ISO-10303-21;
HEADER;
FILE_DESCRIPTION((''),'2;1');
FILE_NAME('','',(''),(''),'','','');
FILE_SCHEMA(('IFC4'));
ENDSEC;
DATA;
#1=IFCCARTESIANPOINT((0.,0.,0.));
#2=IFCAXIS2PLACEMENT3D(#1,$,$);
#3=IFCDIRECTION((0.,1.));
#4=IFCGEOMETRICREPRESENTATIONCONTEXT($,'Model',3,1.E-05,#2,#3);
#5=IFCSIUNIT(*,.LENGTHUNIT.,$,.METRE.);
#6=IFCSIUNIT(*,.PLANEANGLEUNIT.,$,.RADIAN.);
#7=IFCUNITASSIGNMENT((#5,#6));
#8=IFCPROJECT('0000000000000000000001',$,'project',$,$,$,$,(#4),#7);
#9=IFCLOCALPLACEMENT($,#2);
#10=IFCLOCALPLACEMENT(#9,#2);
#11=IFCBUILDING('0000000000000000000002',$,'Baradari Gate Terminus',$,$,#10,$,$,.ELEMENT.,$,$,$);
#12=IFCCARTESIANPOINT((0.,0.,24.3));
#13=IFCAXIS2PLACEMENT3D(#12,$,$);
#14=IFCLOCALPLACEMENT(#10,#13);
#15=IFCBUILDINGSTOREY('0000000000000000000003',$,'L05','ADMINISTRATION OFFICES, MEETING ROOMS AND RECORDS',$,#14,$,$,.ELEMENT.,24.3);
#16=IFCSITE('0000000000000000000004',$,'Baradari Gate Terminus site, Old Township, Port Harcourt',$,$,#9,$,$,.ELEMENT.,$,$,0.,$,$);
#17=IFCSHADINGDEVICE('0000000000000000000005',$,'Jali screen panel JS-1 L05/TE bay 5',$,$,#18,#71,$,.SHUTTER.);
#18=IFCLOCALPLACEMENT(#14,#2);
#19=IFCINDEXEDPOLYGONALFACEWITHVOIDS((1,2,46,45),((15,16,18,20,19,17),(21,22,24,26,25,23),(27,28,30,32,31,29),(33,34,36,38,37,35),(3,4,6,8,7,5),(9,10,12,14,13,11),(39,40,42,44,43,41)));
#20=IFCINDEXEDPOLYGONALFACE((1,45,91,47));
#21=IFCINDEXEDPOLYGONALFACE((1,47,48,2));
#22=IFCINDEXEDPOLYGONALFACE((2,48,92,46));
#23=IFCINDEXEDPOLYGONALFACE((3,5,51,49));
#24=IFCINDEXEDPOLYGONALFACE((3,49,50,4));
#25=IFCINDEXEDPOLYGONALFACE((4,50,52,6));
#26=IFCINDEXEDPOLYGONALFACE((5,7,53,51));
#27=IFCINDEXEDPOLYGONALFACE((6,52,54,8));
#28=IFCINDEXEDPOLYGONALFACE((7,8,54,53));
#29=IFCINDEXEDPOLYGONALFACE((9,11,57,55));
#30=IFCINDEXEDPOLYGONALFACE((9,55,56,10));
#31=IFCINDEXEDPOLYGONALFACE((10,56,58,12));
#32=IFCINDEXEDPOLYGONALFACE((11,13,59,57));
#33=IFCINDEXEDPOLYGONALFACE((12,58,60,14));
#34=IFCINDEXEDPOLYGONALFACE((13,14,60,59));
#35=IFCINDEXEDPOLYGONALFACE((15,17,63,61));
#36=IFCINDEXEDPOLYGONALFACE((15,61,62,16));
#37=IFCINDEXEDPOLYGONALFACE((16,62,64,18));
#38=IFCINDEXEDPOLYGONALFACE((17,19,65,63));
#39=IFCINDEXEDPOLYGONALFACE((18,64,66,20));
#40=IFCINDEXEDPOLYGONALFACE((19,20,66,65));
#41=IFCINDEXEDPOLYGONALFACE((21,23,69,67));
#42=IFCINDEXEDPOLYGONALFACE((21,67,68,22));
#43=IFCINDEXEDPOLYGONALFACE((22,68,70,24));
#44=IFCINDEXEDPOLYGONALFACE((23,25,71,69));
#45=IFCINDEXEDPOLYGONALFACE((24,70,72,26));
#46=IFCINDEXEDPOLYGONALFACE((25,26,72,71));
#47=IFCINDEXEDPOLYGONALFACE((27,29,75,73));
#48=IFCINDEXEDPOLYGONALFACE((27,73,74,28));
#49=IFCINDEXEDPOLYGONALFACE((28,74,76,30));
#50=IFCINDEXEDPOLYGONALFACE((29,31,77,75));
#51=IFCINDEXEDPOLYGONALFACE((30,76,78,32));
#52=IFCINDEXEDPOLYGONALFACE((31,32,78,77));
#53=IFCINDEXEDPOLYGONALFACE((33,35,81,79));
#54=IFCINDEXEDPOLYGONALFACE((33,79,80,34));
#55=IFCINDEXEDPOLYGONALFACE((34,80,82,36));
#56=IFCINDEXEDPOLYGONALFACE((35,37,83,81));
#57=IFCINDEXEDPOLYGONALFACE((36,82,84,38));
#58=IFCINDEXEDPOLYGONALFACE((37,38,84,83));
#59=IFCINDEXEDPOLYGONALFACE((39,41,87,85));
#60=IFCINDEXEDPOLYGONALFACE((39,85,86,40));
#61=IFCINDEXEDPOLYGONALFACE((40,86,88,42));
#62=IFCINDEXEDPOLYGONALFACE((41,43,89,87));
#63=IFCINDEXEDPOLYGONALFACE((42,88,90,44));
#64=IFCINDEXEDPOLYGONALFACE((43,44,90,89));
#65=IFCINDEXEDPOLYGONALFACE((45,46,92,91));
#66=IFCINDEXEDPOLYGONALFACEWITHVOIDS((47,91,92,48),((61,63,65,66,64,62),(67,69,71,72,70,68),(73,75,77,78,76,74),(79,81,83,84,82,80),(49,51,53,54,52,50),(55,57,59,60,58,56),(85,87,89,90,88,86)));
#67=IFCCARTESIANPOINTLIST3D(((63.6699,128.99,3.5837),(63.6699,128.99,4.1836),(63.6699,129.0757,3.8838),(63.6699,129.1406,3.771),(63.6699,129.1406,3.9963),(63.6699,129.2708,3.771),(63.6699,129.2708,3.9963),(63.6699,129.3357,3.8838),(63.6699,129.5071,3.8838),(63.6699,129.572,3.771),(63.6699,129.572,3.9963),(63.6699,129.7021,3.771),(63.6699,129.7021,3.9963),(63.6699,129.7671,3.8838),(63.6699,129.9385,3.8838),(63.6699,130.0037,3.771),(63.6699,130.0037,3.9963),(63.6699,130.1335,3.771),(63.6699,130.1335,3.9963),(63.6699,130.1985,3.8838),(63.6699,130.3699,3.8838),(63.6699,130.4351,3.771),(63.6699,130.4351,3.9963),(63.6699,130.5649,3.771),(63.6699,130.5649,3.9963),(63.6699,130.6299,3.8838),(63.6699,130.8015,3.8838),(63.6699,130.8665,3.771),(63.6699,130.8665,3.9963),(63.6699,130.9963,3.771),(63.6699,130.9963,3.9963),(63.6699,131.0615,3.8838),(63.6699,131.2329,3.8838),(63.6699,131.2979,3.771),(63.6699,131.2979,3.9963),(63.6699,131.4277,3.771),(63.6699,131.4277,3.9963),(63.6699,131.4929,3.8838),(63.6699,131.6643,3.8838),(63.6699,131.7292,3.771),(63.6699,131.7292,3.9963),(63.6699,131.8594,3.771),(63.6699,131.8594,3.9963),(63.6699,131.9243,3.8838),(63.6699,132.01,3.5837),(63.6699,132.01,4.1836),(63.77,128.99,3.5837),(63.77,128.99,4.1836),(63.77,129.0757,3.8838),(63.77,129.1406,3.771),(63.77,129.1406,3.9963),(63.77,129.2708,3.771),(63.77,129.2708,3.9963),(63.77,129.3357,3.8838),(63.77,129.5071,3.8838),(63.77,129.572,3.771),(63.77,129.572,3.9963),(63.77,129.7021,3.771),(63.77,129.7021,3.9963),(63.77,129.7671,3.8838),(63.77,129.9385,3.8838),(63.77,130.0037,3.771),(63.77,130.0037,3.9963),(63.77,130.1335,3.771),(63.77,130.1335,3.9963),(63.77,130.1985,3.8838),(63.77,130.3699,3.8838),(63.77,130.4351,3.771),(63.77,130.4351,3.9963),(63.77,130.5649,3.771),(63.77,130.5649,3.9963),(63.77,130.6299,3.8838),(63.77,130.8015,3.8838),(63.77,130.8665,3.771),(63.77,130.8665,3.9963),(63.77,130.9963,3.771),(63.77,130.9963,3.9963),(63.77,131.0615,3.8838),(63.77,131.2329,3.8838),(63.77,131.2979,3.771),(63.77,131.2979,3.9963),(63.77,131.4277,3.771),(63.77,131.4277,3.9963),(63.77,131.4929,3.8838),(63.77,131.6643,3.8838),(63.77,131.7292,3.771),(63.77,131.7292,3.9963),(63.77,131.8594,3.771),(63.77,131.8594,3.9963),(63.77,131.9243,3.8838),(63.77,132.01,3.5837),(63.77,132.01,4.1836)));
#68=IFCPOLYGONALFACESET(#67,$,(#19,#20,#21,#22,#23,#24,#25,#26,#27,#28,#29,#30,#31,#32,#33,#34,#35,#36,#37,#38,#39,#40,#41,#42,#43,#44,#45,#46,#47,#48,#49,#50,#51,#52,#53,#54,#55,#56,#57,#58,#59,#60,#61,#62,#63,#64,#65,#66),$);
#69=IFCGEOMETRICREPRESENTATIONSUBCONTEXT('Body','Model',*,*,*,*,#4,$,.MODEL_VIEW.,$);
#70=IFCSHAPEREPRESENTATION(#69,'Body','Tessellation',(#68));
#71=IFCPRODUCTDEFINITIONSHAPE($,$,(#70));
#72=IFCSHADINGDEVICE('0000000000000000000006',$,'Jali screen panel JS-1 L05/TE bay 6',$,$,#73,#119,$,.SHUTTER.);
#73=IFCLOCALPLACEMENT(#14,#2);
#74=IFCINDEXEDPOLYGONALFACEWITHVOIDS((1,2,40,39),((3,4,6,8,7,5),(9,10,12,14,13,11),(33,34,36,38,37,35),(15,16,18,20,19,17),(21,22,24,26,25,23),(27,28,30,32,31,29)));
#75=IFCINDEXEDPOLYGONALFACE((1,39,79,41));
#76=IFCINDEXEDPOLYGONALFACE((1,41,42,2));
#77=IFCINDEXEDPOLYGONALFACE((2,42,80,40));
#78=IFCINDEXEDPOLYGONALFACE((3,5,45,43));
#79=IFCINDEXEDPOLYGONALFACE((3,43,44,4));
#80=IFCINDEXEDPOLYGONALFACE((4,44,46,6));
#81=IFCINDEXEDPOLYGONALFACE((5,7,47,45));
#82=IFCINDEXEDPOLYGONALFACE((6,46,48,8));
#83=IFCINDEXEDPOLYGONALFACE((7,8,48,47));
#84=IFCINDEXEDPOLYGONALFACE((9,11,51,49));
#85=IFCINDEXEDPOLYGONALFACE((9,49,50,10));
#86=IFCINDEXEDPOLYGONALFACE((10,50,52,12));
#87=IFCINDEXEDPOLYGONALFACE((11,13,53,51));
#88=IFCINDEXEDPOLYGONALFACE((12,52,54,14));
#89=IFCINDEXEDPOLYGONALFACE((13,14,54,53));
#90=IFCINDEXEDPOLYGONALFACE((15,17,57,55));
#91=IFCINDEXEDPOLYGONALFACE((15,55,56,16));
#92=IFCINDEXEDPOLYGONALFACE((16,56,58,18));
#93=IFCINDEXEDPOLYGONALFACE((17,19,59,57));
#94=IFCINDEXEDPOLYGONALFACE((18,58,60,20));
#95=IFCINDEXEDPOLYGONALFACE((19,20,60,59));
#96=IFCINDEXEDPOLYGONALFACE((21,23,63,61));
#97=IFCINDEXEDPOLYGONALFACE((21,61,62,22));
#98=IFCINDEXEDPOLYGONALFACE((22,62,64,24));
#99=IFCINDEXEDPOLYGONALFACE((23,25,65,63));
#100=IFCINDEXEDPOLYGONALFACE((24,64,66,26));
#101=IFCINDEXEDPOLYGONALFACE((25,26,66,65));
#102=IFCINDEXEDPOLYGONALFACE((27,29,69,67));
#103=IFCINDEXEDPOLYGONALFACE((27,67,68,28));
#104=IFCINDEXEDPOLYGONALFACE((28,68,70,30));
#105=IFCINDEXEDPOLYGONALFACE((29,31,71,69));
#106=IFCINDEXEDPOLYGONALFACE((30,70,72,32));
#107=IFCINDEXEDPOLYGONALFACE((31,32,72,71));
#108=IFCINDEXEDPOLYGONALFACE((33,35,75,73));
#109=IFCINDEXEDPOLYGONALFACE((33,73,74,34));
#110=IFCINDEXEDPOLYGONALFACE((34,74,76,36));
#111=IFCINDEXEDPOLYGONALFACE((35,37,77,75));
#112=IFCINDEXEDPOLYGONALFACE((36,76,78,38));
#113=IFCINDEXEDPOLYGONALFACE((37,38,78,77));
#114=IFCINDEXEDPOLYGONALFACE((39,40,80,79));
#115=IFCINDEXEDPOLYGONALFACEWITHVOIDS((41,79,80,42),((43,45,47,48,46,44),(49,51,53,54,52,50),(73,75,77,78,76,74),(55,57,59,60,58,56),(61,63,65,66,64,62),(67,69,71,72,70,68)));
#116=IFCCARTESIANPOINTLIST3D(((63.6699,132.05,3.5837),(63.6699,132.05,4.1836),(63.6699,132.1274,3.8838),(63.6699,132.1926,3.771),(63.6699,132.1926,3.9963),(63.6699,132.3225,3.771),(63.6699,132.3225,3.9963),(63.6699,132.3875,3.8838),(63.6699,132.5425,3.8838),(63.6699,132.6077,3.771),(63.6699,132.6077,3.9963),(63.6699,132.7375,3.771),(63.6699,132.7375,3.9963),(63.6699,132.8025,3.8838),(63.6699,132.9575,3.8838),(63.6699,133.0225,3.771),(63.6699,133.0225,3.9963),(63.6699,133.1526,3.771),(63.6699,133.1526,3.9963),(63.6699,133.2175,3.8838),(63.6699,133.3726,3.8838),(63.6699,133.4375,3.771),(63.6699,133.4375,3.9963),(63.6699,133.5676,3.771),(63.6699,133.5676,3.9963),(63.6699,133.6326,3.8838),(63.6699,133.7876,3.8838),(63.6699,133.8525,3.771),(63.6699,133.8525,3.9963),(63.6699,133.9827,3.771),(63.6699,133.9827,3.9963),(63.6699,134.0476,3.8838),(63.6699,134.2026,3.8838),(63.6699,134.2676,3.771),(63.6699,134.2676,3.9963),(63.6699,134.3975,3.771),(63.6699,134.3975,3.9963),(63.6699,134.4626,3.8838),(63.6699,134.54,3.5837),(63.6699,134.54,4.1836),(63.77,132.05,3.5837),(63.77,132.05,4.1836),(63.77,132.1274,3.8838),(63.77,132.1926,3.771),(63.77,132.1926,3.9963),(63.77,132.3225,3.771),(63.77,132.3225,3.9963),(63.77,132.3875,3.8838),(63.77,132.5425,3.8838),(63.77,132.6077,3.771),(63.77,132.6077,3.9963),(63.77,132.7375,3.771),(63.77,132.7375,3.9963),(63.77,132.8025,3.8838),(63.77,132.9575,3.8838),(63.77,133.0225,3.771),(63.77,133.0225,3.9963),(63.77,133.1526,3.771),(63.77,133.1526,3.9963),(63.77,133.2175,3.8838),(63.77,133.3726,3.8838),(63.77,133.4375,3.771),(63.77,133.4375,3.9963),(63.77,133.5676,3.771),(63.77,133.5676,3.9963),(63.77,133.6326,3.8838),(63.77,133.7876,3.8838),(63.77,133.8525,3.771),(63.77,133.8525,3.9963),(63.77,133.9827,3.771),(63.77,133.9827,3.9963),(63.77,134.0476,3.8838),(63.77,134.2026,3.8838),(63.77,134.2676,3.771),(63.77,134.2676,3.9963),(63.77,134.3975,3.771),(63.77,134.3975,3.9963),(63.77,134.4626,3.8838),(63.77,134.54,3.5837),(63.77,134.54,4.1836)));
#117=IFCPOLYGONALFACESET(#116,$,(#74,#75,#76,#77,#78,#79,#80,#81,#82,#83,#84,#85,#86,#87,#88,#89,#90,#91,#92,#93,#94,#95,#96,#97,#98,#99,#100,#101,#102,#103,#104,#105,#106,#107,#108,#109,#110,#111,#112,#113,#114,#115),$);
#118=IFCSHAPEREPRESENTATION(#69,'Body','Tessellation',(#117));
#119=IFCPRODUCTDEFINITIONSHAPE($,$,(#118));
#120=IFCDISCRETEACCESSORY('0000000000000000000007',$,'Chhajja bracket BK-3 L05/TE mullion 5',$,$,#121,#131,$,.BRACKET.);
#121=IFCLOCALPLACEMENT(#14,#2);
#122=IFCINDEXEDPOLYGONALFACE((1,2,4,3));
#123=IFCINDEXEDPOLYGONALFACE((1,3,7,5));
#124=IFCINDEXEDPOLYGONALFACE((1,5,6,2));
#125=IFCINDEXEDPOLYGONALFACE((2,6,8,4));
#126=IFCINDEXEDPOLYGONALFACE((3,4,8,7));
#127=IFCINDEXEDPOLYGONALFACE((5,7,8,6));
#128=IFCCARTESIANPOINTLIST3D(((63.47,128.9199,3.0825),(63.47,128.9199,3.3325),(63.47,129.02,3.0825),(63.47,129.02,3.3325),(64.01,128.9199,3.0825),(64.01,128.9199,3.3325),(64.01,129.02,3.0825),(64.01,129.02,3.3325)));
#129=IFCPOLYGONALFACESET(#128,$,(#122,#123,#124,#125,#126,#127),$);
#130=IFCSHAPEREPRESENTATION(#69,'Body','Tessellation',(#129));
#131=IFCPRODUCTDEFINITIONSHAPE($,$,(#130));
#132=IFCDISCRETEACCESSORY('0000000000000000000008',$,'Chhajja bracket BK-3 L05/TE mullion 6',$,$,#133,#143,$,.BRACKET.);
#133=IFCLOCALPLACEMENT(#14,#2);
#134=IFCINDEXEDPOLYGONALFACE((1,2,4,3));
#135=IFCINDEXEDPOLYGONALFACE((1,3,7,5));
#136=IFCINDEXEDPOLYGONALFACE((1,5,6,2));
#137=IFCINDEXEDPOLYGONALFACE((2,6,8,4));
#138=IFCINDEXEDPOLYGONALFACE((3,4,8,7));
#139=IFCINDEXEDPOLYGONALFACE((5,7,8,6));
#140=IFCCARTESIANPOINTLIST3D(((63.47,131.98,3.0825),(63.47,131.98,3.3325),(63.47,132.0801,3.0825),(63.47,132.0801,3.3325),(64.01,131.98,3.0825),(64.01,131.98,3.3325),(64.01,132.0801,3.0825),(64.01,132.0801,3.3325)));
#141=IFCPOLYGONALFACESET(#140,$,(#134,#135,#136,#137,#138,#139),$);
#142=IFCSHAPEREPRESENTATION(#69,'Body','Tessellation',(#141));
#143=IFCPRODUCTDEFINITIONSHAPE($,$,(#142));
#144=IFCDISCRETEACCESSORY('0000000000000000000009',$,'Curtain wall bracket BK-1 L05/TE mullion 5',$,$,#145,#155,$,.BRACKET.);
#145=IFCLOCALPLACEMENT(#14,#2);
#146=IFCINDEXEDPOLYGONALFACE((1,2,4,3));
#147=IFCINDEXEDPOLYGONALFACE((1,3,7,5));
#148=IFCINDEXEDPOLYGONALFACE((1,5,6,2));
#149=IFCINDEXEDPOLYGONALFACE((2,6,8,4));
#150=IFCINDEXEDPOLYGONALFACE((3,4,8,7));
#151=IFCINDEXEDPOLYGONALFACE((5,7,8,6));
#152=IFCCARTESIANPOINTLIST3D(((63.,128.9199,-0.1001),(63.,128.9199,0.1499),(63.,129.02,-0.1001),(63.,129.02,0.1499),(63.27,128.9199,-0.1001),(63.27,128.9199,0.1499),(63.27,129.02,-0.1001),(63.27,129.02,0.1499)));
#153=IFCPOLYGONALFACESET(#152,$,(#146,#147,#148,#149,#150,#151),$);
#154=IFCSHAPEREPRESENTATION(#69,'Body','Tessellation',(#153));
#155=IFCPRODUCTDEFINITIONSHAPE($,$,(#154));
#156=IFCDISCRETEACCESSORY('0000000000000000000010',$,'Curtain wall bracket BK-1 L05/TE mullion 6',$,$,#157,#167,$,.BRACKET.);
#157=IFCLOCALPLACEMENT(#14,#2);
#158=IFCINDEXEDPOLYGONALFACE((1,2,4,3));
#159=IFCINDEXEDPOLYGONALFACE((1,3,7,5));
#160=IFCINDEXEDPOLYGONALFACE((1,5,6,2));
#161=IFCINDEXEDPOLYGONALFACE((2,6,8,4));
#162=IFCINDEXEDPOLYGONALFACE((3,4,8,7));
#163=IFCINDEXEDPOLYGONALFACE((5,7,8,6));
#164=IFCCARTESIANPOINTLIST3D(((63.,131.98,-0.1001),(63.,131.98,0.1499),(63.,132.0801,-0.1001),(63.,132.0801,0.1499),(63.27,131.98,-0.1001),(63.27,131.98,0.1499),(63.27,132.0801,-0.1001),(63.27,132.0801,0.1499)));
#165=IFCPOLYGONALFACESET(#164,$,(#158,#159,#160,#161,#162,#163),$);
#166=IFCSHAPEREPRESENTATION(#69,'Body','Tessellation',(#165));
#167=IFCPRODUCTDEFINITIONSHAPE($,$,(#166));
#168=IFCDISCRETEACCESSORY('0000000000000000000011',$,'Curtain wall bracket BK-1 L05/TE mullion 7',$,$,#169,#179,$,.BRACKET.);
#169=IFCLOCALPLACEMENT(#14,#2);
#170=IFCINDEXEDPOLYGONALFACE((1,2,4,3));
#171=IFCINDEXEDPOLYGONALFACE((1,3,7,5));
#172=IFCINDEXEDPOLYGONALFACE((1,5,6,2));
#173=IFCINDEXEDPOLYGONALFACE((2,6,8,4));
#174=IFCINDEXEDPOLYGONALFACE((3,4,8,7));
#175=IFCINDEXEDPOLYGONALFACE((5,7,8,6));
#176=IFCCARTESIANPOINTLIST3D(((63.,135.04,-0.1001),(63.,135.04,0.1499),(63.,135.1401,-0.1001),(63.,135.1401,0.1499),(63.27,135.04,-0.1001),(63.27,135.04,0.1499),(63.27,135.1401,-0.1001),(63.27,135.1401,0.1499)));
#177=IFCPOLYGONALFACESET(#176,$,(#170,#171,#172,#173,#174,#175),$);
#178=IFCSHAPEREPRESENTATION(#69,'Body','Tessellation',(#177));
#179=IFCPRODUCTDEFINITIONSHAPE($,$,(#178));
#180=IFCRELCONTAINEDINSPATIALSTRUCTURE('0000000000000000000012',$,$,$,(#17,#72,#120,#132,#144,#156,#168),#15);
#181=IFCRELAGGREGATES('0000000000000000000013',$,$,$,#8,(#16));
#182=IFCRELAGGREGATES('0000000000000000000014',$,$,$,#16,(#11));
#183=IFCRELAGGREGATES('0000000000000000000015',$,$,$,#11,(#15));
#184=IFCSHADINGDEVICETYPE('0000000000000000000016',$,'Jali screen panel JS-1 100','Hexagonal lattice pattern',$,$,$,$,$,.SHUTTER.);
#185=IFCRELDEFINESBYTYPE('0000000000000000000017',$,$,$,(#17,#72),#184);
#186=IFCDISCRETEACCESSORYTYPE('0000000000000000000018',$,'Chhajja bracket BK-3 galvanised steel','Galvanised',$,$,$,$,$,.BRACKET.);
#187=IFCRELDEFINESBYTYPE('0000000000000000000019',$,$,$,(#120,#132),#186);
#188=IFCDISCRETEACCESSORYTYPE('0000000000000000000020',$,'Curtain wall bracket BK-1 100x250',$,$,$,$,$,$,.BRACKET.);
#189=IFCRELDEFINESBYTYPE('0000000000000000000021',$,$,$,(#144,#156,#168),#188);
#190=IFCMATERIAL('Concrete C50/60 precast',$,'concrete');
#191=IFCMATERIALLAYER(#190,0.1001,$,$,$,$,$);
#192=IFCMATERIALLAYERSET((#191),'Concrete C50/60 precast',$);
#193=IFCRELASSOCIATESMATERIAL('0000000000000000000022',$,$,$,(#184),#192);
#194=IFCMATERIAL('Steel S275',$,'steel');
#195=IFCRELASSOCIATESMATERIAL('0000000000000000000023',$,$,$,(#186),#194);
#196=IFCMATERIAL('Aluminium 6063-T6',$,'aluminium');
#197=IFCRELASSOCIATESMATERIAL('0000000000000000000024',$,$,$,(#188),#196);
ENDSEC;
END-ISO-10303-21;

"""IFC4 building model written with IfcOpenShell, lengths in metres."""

from ifc_helpers import new_model, si_unit, direction, frame, origin, origin_2d, place, context, subcontext, project, spatial, polyline, rectangle, outline, extrude, material, layer, layer_set, type_object, element, save


model = new_model("IFC4")

# Units and contexts
model_context = context("Model", 3, precision=1e-05, world=origin(), true_north=direction((0.0, 1.0)))
body_context = subcontext(model_context, "Body", "Model", "MODEL_VIEW")
ifc_project = project(units=[si_unit("LENGTHUNIT", "METRE"), si_unit("PLANEANGLEUNIT", "RADIAN")], contexts=[model_context])

# Site, building, storey
site_placement = place(None, origin())
site = spatial("IfcSite", under=ifc_project, at=site_placement, Name="Baradari Gate Terminus site, Old Township, Port Harcourt", CompositionType="ELEMENT", RefElevation=0.0)
building_placement = place(site_placement, origin())
building = spatial("IfcBuilding", under=site, at=building_placement, Name="Baradari Gate Terminus", CompositionType="ELEMENT")
storey_placement = place(building_placement, frame((0.0, 0.0, 24.3)))
storey = spatial("IfcBuildingStorey", under=building, at=storey_placement, Name="L05", Description="ADMINISTRATION OFFICES, MEETING ROOMS AND RECORDS", CompositionType="ELEMENT", Elevation=24.3)

# Shading devices
ifc_material_1 = material(Name="Concrete C50/60 precast", Category="concrete")
ifc_layer_1 = layer(ifc_material_1, 0.1001)
ifc_layer_set_1 = layer_set([ifc_layer_1], Name="Concrete C50/60 precast")
shading_device_type_1 = type_object("IfcShadingDeviceType", Name="Jali screen panel JS-1 100", Description="Hexagonal lattice pattern", PredefinedType="SHUTTER", material=ifc_layer_set_1)
shading_device_1_placement = place(storey_placement, frame((63.72, 128.99, 3.5837), z_axis=(0.0, 0.0, 1.0), x_axis=(0.0, 1.0, 0.0)))
element("IfcShadingDevice", 1, at=shading_device_1_placement, inside=storey, type_object=shading_device_type_1, Name="Jali screen panel JS-1 L05/TE bay 5", PredefinedType="SHUTTER", context=body_context, shape_type="SweptSolid", body=[
    extrude(outline(polyline([(0.0, 0.0), (3.02, 0.0), (3.02, 0.5999), (0.0, 0.5999), (0.0, 0.0)]), holes=[polyline([(0.3457, 0.3), (0.2808, 0.1873), (0.1506, 0.1873), (0.0857, 0.3), (0.1506, 0.4126), (0.2808, 0.4126), (0.3457, 0.3)]), polyline([(0.7771, 0.3), (0.7122, 0.1873), (0.582, 0.1873), (0.5171, 0.3), (0.582, 0.4126), (0.7122, 0.4126), (0.7771, 0.3)]), polyline([(1.2085, 0.3), (1.1436, 0.1873), (1.0137, 0.1873), (0.9485, 0.3), (1.0137, 0.4126), (1.1436, 0.4126), (1.2085, 0.3)]), polyline([(1.6399, 0.3), (1.575, 0.1873), (1.4451, 0.1873), (1.3799, 0.3), (1.4451, 0.4126), (1.575, 0.4126), (1.6399, 0.3)]), polyline([(2.0715, 0.3), (2.0063, 0.1873), (1.8765, 0.1873), (1.8115, 0.3), (1.8765, 0.4126), (2.0063, 0.4126), (2.0715, 0.3)]), polyline([(2.5029, 0.3), (2.4377, 0.1873), (2.3079, 0.1873), (2.2429, 0.3), (2.3079, 0.4126), (2.4377, 0.4126), (2.5029, 0.3)]), polyline([(2.9343, 0.3), (2.8694, 0.1873), (2.7393, 0.1873), (2.6743, 0.3), (2.7393, 0.4126), (2.8694, 0.4126), (2.9343, 0.3)])]), frame((0.0, 0.05, 0.0), z_axis=(0.0, -1.0, 0.0), x_axis=(1.0, 0.0, 0.0)), (0.0, 0.0, 1.0), 0.1001),
])
shading_device_2_placement = place(storey_placement, frame((63.72, 132.05, 3.5837), z_axis=(0.0, 0.0, 1.0), x_axis=(0.0, 1.0, 0.0)))
element("IfcShadingDevice", 2, at=shading_device_2_placement, inside=storey, type_object=shading_device_type_1, Name="Jali screen panel JS-1 L05/TE bay 6", PredefinedType="SHUTTER", context=body_context, shape_type="SweptSolid", body=[
    extrude(outline(polyline([(0.0, 0.0), (2.49, 0.0), (2.49, 0.5999), (0.0, 0.5999), (0.0, 0.0)]), holes=[polyline([(0.3374, 0.3), (0.2725, 0.1873), (0.1426, 0.1873), (0.0774, 0.3), (0.1426, 0.4126), (0.2725, 0.4126), (0.3374, 0.3)]), polyline([(0.7524, 0.3), (0.6875, 0.1873), (0.5576, 0.1873), (0.4924, 0.3), (0.5576, 0.4126), (0.6875, 0.4126), (0.7524, 0.3)]), polyline([(1.1675, 0.3), (1.1025, 0.1873), (0.9724, 0.1873), (0.9075, 0.3), (0.9724, 0.4126), (1.1025, 0.4126), (1.1675, 0.3)]), polyline([(1.5825, 0.3), (1.5176, 0.1873), (1.3875, 0.1873), (1.3225, 0.3), (1.3875, 0.4126), (1.5176, 0.4126), (1.5825, 0.3)]), polyline([(1.9976, 0.3), (1.9326, 0.1873), (1.8025, 0.1873), (1.7375, 0.3), (1.8025, 0.4126), (1.9326, 0.4126), (1.9976, 0.3)]), polyline([(2.4126, 0.3), (2.3474, 0.1873), (2.2175, 0.1873), (2.1526, 0.3), (2.2175, 0.4126), (2.3474, 0.4126), (2.4126, 0.3)])]), frame((0.0, 0.05, 0.0), z_axis=(0.0, -1.0, 0.0), x_axis=(1.0, 0.0, 0.0)), (0.0, 0.0, 1.0), 0.1001),
])

# Discrete accessories
ifc_material_2 = material(Name="Steel S275", Category="steel")
discrete_accessory_type_1 = type_object("IfcDiscreteAccessoryType", Name="Chhajja bracket BK-3 galvanised steel", Description="Galvanised", PredefinedType="BRACKET", material=ifc_material_2)
for number, where, z_axis, x_axis, name in (
    (3, (63.74, 128.97, 3.0825), (0.0, 0.0, 1.0), (1.0, 0.0, 0.0), "Chhajja bracket BK-3 L05/TE mullion 5"),
    (4, (63.74, 132.03, 3.0825), (0.0, 0.0, 1.0), (1.0, 0.0, 0.0), "Chhajja bracket BK-3 L05/TE mullion 6"),
):
    element("IfcDiscreteAccessory", number, at=place(storey_placement, frame(where, z_axis=z_axis, x_axis=x_axis)), inside=storey, type_object=discrete_accessory_type_1, Name=name, PredefinedType="BRACKET", context=body_context, shape_type="SweptSolid", body=[
        extrude(rectangle(XDim=0.54, YDim=0.1001, at=origin_2d()), origin(), (0.0, 0.0, 1.0), 0.25),
    ])
ifc_material_3 = material(Name="Aluminium 6063-T6", Category="aluminium")
discrete_accessory_type_2 = type_object("IfcDiscreteAccessoryType", Name="Curtain wall bracket BK-1 100x250", PredefinedType="BRACKET", material=ifc_material_3)
for number, where, z_axis, x_axis, name in (
    (5, (63.135, 128.97, -0.1001), (0.0, 0.0, 1.0), (1.0, 0.0, 0.0), "Curtain wall bracket BK-1 L05/TE mullion 5"),
    (6, (63.135, 132.03, -0.1001), (0.0, 0.0, 1.0), (1.0, 0.0, 0.0), "Curtain wall bracket BK-1 L05/TE mullion 6"),
    (7, (63.135, 135.0901, -0.1001), (0.0, 0.0, 1.0), (1.0, 0.0, 0.0), "Curtain wall bracket BK-1 L05/TE mullion 7"),
):
    element("IfcDiscreteAccessory", number, at=place(storey_placement, frame(where, z_axis=z_axis, x_axis=x_axis)), inside=storey, type_object=discrete_accessory_type_2, Name=name, PredefinedType="BRACKET", context=body_context, shape_type="SweptSolid", body=[
        extrude(rectangle(XDim=0.27, YDim=0.1001, at=origin_2d()), origin(), (0.0, 0.0, 1.0), 0.25),
    ])

save(model, "model.ifc")
